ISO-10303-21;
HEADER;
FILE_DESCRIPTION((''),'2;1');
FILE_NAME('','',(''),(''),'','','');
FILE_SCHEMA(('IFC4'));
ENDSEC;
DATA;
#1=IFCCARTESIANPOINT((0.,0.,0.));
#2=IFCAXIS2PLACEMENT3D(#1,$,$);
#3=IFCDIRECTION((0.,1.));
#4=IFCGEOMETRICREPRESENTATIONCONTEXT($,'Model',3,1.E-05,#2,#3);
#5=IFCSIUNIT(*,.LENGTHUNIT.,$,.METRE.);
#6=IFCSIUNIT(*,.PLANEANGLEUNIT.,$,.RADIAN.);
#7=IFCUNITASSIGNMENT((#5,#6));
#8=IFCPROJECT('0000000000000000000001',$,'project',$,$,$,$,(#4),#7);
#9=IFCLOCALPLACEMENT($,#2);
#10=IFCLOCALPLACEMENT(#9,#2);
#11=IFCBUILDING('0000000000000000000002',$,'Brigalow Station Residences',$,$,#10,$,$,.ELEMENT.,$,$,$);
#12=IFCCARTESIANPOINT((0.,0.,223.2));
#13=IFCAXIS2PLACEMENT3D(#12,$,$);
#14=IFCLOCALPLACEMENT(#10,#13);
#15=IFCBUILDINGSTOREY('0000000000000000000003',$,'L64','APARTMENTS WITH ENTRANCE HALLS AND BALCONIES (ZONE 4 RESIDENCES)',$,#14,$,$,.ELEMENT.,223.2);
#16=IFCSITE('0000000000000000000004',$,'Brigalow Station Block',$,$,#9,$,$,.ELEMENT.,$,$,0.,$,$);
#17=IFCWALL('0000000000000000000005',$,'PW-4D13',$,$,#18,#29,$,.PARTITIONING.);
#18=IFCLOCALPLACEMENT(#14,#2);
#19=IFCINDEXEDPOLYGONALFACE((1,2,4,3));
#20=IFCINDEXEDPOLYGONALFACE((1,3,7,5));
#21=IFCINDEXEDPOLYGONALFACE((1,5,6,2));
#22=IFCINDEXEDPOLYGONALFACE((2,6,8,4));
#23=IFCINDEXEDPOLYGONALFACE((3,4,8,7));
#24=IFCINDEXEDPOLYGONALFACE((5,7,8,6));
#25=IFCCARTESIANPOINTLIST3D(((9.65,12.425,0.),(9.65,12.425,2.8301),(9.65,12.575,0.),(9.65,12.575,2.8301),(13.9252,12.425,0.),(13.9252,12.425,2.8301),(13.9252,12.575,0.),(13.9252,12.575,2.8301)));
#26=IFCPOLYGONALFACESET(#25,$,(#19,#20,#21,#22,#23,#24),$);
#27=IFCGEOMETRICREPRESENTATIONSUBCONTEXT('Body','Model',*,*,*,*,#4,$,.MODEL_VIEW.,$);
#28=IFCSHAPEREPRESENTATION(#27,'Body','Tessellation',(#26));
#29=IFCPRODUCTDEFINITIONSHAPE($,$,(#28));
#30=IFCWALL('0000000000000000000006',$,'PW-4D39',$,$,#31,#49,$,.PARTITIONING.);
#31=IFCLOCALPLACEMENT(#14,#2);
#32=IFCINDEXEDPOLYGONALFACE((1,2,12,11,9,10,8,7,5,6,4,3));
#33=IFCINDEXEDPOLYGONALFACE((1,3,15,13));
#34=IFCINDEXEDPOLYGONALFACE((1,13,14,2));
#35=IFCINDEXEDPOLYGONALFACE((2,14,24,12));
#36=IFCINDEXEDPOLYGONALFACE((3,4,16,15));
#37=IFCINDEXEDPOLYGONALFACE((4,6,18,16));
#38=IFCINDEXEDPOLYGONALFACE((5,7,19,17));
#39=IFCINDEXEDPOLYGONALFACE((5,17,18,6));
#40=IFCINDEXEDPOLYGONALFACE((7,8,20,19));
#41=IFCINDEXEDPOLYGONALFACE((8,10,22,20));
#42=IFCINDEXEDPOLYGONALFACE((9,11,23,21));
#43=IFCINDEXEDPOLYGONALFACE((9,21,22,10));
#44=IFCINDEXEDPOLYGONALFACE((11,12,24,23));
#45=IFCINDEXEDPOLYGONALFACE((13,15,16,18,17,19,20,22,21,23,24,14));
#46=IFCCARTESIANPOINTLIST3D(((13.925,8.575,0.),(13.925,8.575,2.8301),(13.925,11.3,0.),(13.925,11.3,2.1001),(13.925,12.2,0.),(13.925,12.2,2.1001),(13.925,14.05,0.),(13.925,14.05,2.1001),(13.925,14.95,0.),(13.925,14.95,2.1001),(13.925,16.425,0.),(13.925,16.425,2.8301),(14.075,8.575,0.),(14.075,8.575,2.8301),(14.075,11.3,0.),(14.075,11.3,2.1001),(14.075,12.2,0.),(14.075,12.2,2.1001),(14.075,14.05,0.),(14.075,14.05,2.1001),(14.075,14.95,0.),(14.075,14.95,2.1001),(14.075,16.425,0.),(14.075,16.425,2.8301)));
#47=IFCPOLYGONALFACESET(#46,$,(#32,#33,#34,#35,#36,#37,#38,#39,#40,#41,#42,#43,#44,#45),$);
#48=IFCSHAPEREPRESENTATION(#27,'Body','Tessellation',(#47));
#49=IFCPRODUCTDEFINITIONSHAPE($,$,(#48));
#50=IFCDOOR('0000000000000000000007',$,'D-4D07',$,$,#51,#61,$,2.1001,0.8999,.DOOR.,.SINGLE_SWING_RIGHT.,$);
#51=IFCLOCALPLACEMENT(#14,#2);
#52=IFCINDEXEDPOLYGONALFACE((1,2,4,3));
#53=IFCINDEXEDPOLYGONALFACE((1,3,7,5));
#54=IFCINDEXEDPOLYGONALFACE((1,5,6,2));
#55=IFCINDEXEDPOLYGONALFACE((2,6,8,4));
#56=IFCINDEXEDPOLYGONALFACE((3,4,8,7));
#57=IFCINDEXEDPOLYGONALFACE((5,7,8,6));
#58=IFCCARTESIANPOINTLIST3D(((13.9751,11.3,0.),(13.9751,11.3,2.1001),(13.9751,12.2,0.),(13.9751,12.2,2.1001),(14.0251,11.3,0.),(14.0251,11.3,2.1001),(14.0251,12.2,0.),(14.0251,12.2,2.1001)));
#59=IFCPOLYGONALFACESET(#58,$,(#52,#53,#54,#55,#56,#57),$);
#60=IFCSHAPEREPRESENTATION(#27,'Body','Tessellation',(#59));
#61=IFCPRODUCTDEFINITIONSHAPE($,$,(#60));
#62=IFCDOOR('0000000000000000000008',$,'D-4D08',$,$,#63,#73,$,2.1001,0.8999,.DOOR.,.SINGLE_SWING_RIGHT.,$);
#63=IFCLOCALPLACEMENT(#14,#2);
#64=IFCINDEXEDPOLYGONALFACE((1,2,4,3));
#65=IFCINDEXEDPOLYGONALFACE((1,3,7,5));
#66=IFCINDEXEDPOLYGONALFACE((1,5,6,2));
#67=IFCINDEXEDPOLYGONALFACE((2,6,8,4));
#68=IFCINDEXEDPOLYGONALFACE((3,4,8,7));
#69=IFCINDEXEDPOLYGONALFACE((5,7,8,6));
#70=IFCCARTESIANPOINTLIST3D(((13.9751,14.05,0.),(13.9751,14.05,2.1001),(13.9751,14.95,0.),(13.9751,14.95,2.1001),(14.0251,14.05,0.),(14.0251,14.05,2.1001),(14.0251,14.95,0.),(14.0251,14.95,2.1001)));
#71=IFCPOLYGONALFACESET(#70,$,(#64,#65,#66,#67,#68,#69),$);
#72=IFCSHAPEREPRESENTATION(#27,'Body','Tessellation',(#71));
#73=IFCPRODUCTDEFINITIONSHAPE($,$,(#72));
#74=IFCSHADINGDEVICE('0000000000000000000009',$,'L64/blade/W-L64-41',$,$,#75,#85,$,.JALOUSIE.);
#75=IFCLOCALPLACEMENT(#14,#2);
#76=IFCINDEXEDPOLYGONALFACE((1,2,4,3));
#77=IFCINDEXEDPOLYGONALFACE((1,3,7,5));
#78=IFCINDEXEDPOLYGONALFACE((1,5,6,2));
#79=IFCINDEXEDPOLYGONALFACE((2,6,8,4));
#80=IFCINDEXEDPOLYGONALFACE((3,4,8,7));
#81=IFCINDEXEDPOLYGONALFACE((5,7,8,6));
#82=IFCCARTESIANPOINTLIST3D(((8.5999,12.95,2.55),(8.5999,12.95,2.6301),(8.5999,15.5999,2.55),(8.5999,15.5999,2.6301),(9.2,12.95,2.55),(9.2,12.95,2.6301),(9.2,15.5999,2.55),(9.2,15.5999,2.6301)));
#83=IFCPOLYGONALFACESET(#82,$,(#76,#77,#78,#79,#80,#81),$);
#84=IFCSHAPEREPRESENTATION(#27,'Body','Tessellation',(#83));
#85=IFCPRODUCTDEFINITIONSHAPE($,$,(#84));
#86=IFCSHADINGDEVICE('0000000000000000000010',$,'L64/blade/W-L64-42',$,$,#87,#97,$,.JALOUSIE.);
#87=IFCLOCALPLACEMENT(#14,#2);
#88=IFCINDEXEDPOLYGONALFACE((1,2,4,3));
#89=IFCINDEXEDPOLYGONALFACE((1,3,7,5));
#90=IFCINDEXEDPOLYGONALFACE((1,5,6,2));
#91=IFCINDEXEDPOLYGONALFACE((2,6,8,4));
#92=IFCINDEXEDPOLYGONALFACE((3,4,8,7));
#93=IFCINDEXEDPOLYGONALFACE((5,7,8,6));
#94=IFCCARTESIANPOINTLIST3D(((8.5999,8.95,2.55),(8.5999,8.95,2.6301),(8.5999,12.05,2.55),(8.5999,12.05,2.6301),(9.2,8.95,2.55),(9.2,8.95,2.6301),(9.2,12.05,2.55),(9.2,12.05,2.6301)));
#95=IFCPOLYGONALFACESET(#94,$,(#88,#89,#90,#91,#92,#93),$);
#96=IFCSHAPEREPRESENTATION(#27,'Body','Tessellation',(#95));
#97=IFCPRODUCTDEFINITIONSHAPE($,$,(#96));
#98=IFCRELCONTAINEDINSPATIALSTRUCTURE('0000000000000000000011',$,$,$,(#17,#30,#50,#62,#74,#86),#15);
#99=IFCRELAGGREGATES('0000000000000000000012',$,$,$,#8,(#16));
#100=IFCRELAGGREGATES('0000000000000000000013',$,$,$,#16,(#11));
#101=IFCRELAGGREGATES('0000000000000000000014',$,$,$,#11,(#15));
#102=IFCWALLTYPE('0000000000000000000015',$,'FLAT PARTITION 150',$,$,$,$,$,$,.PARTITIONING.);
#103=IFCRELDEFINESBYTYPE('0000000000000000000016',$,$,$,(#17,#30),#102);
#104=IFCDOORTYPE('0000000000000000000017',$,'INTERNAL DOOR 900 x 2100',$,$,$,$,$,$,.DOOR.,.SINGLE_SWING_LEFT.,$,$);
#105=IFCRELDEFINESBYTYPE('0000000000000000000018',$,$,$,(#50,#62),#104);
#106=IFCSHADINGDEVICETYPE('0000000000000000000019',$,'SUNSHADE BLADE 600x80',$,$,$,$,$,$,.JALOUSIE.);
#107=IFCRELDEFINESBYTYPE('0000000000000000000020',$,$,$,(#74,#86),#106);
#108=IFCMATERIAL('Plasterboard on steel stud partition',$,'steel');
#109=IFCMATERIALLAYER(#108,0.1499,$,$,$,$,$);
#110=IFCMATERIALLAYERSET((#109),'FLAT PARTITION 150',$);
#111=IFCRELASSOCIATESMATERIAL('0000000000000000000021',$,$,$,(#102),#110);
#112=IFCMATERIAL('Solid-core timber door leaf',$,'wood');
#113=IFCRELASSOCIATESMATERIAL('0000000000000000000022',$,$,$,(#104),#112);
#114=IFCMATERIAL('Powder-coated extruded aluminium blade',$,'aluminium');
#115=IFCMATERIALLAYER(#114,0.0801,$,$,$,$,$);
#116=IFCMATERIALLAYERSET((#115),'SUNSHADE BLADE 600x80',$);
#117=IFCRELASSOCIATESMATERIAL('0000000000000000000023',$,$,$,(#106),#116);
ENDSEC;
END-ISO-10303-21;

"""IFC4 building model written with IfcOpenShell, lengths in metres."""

from ifc_helpers import new_model, si_unit, direction, frame, frame_2d, origin, origin_2d, place, context, subcontext, project, spatial, rectangle, extrude, material, layer, layer_set, type_object, element, fill, save


model = new_model("IFC4")

# Units and contexts
model_context = context("Model", 3, precision=1e-05, world=origin(), true_north=direction((0.0, 1.0)))
body_context = subcontext(model_context, "Body", "Model", "MODEL_VIEW")
ifc_project = project(units=[si_unit("LENGTHUNIT", "METRE"), si_unit("PLANEANGLEUNIT", "RADIAN")], contexts=[model_context])

# Site, building, storey
site_placement = place(None, origin())
site = spatial("IfcSite", under=ifc_project, at=site_placement, Name="Brigalow Station Block", CompositionType="ELEMENT", RefElevation=0.0)
building_placement = place(site_placement, origin())
building = spatial("IfcBuilding", under=site, at=building_placement, Name="Brigalow Station Residences", CompositionType="ELEMENT")
storey_placement = place(building_placement, frame((0.0, 0.0, 223.2)))
storey = spatial("IfcBuildingStorey", under=building, at=storey_placement, Name="L64", Description="APARTMENTS WITH ENTRANCE HALLS AND BALCONIES (ZONE 4 RESIDENCES)", CompositionType="ELEMENT", Elevation=223.2)

# Shared definitions
ifc_material_1 = material(Name="Plasterboard on steel stud partition", Category="steel")
ifc_layer_1 = layer(ifc_material_1, 0.1499)
ifc_layer_set_1 = layer_set([ifc_layer_1], Name="FLAT PARTITION 150")
wall_type_1 = type_object("IfcWallType", Name="FLAT PARTITION 150", PredefinedType="PARTITIONING", material=ifc_layer_set_1)
ifc_material_2 = material(Name="Solid-core timber door leaf", Category="wood")
door_type_1 = type_object("IfcDoorType", Name="INTERNAL DOOR 900 x 2100", OperationType="SINGLE_SWING_LEFT", PredefinedType="DOOR", material=ifc_material_2)

# Wall
wall_1_placement = place(storey_placement, frame((9.6499, 12.5, 0.0), z_axis=(0.0, 0.0, 1.0), x_axis=(1.0, 0.0, 0.0)))
element("IfcWall", 1, at=wall_1_placement, inside=storey, type_object=wall_type_1, Name="PW-4D13", PredefinedType="PARTITIONING", context=body_context, shape_type="SweptSolid", body=[
    extrude(rectangle(XDim=4.2751, YDim=0.1499, at=frame_2d((2.1377, 0.0))), origin(), (0.0, 0.0, 1.0), 2.8301),
])

# Wall, openings, doors
wall_2_placement = place(storey_placement, frame((14.0, 8.575, 0.0), z_axis=(0.0, 0.0, 1.0), x_axis=(0.0, 1.0, 0.0)))
wall_2 = element("IfcWall", 2, at=wall_2_placement, inside=storey, type_object=wall_type_1, Name="PW-4D39", PredefinedType="PARTITIONING", context=body_context, shape_type="SweptSolid", body=[
    extrude(rectangle(XDim=7.8501, YDim=0.1499, at=frame_2d((3.925, 0.0))), origin(), (0.0, 0.0, 1.0), 2.8301),
])
opening_1_placement = place(wall_2_placement, frame((2.7251, 0.0, 0.0)))
opening_1 = element("IfcOpeningElement", 3, at=opening_1_placement, cuts=wall_2, PredefinedType="OPENING", context=body_context, shape_type="SweptSolid", body=[
    extrude(rectangle(XDim=0.8999, YDim=2.1001, at=frame_2d((0.45, 1.05))), frame((0.0, 0.085, 0.0), z_axis=(0.0, -1.0, 0.0), x_axis=(1.0, 0.0, 0.0)), (0.0, 0.0, 1.0), 0.1699),
])
opening_2_placement = place(wall_2_placement, frame((5.4751, 0.0, 0.0)))
opening_2 = element("IfcOpeningElement", 4, at=opening_2_placement, cuts=wall_2, PredefinedType="OPENING", context=body_context, shape_type="SweptSolid", body=[
    extrude(rectangle(XDim=0.8999, YDim=2.1001, at=frame_2d((0.45, 1.05))), frame((0.0, 0.085, 0.0), z_axis=(0.0, -1.0, 0.0), x_axis=(1.0, 0.0, 0.0)), (0.0, 0.0, 1.0), 0.1699),
])
door_1_placement = place(opening_1_placement, origin())
door_1 = element("IfcDoor", 5, at=door_1_placement, inside=storey, type_object=door_type_1, Name="D-4D07", OperationType="SINGLE_SWING_RIGHT", OverallHeight=2.1001, OverallWidth=0.8999, PredefinedType="DOOR", context=body_context, shape_type="SweptSolid", body=[
    extrude(rectangle(XDim=0.8999, YDim=2.1001, at=frame_2d((0.45, 1.05))), frame((0.0, 0.0249, 0.0), z_axis=(0.0, -1.0, 0.0), x_axis=(1.0, 0.0, 0.0)), (0.0, 0.0, 1.0), 0.05),
])
fill(opening_1, door_1)
door_2_placement = place(opening_2_placement, origin())
door_2 = element("IfcDoor", 6, at=door_2_placement, inside=storey, type_object=door_type_1, Name="D-4D08", OperationType="SINGLE_SWING_RIGHT", OverallHeight=2.1001, OverallWidth=0.8999, PredefinedType="DOOR", context=body_context, shape_type="SweptSolid", body=[
    extrude(rectangle(XDim=0.8999, YDim=2.1001, at=frame_2d((0.45, 1.05))), frame((0.0, 0.0249, 0.0), z_axis=(0.0, -1.0, 0.0), x_axis=(1.0, 0.0, 0.0)), (0.0, 0.0, 1.0), 0.05),
])
fill(opening_2, door_2)

# Shading devices
ifc_material_3 = material(Name="Powder-coated extruded aluminium blade", Category="aluminium")
ifc_layer_2 = layer(ifc_material_3, 0.0801)
ifc_layer_set_2 = layer_set([ifc_layer_2], Name="SUNSHADE BLADE 600x80")
shading_device_type = type_object("IfcShadingDeviceType", Name="SUNSHADE BLADE 600x80", PredefinedType="JALOUSIE", material=ifc_layer_set_2)
shading_device_1_placement = place(storey_placement, frame((8.8999, 14.2749, 2.55), z_axis=(0.0, 0.0, 1.0), x_axis=(0.0, -1.0, 0.0)))
element("IfcShadingDevice", 7, at=shading_device_1_placement, inside=storey, type_object=shading_device_type, Name="L64/blade/W-L64-41", PredefinedType="JALOUSIE", context=body_context, shape_type="SweptSolid", body=[
    extrude(rectangle(XDim=2.6499, YDim=0.6001, at=origin_2d()), origin(), (0.0, 0.0, 1.0), 0.0801),
])
shading_device_2_placement = place(storey_placement, frame((8.8999, 10.5, 2.55), z_axis=(0.0, 0.0, 1.0), x_axis=(0.0, -1.0, 0.0)))
element("IfcShadingDevice", 8, at=shading_device_2_placement, inside=storey, type_object=shading_device_type, Name="L64/blade/W-L64-42", PredefinedType="JALOUSIE", context=body_context, shape_type="SweptSolid", body=[
    extrude(rectangle(XDim=3.1001, YDim=0.6001, at=origin_2d()), origin(), (0.0, 0.0, 1.0), 0.0801),
])

save(model, "model.ifc")
